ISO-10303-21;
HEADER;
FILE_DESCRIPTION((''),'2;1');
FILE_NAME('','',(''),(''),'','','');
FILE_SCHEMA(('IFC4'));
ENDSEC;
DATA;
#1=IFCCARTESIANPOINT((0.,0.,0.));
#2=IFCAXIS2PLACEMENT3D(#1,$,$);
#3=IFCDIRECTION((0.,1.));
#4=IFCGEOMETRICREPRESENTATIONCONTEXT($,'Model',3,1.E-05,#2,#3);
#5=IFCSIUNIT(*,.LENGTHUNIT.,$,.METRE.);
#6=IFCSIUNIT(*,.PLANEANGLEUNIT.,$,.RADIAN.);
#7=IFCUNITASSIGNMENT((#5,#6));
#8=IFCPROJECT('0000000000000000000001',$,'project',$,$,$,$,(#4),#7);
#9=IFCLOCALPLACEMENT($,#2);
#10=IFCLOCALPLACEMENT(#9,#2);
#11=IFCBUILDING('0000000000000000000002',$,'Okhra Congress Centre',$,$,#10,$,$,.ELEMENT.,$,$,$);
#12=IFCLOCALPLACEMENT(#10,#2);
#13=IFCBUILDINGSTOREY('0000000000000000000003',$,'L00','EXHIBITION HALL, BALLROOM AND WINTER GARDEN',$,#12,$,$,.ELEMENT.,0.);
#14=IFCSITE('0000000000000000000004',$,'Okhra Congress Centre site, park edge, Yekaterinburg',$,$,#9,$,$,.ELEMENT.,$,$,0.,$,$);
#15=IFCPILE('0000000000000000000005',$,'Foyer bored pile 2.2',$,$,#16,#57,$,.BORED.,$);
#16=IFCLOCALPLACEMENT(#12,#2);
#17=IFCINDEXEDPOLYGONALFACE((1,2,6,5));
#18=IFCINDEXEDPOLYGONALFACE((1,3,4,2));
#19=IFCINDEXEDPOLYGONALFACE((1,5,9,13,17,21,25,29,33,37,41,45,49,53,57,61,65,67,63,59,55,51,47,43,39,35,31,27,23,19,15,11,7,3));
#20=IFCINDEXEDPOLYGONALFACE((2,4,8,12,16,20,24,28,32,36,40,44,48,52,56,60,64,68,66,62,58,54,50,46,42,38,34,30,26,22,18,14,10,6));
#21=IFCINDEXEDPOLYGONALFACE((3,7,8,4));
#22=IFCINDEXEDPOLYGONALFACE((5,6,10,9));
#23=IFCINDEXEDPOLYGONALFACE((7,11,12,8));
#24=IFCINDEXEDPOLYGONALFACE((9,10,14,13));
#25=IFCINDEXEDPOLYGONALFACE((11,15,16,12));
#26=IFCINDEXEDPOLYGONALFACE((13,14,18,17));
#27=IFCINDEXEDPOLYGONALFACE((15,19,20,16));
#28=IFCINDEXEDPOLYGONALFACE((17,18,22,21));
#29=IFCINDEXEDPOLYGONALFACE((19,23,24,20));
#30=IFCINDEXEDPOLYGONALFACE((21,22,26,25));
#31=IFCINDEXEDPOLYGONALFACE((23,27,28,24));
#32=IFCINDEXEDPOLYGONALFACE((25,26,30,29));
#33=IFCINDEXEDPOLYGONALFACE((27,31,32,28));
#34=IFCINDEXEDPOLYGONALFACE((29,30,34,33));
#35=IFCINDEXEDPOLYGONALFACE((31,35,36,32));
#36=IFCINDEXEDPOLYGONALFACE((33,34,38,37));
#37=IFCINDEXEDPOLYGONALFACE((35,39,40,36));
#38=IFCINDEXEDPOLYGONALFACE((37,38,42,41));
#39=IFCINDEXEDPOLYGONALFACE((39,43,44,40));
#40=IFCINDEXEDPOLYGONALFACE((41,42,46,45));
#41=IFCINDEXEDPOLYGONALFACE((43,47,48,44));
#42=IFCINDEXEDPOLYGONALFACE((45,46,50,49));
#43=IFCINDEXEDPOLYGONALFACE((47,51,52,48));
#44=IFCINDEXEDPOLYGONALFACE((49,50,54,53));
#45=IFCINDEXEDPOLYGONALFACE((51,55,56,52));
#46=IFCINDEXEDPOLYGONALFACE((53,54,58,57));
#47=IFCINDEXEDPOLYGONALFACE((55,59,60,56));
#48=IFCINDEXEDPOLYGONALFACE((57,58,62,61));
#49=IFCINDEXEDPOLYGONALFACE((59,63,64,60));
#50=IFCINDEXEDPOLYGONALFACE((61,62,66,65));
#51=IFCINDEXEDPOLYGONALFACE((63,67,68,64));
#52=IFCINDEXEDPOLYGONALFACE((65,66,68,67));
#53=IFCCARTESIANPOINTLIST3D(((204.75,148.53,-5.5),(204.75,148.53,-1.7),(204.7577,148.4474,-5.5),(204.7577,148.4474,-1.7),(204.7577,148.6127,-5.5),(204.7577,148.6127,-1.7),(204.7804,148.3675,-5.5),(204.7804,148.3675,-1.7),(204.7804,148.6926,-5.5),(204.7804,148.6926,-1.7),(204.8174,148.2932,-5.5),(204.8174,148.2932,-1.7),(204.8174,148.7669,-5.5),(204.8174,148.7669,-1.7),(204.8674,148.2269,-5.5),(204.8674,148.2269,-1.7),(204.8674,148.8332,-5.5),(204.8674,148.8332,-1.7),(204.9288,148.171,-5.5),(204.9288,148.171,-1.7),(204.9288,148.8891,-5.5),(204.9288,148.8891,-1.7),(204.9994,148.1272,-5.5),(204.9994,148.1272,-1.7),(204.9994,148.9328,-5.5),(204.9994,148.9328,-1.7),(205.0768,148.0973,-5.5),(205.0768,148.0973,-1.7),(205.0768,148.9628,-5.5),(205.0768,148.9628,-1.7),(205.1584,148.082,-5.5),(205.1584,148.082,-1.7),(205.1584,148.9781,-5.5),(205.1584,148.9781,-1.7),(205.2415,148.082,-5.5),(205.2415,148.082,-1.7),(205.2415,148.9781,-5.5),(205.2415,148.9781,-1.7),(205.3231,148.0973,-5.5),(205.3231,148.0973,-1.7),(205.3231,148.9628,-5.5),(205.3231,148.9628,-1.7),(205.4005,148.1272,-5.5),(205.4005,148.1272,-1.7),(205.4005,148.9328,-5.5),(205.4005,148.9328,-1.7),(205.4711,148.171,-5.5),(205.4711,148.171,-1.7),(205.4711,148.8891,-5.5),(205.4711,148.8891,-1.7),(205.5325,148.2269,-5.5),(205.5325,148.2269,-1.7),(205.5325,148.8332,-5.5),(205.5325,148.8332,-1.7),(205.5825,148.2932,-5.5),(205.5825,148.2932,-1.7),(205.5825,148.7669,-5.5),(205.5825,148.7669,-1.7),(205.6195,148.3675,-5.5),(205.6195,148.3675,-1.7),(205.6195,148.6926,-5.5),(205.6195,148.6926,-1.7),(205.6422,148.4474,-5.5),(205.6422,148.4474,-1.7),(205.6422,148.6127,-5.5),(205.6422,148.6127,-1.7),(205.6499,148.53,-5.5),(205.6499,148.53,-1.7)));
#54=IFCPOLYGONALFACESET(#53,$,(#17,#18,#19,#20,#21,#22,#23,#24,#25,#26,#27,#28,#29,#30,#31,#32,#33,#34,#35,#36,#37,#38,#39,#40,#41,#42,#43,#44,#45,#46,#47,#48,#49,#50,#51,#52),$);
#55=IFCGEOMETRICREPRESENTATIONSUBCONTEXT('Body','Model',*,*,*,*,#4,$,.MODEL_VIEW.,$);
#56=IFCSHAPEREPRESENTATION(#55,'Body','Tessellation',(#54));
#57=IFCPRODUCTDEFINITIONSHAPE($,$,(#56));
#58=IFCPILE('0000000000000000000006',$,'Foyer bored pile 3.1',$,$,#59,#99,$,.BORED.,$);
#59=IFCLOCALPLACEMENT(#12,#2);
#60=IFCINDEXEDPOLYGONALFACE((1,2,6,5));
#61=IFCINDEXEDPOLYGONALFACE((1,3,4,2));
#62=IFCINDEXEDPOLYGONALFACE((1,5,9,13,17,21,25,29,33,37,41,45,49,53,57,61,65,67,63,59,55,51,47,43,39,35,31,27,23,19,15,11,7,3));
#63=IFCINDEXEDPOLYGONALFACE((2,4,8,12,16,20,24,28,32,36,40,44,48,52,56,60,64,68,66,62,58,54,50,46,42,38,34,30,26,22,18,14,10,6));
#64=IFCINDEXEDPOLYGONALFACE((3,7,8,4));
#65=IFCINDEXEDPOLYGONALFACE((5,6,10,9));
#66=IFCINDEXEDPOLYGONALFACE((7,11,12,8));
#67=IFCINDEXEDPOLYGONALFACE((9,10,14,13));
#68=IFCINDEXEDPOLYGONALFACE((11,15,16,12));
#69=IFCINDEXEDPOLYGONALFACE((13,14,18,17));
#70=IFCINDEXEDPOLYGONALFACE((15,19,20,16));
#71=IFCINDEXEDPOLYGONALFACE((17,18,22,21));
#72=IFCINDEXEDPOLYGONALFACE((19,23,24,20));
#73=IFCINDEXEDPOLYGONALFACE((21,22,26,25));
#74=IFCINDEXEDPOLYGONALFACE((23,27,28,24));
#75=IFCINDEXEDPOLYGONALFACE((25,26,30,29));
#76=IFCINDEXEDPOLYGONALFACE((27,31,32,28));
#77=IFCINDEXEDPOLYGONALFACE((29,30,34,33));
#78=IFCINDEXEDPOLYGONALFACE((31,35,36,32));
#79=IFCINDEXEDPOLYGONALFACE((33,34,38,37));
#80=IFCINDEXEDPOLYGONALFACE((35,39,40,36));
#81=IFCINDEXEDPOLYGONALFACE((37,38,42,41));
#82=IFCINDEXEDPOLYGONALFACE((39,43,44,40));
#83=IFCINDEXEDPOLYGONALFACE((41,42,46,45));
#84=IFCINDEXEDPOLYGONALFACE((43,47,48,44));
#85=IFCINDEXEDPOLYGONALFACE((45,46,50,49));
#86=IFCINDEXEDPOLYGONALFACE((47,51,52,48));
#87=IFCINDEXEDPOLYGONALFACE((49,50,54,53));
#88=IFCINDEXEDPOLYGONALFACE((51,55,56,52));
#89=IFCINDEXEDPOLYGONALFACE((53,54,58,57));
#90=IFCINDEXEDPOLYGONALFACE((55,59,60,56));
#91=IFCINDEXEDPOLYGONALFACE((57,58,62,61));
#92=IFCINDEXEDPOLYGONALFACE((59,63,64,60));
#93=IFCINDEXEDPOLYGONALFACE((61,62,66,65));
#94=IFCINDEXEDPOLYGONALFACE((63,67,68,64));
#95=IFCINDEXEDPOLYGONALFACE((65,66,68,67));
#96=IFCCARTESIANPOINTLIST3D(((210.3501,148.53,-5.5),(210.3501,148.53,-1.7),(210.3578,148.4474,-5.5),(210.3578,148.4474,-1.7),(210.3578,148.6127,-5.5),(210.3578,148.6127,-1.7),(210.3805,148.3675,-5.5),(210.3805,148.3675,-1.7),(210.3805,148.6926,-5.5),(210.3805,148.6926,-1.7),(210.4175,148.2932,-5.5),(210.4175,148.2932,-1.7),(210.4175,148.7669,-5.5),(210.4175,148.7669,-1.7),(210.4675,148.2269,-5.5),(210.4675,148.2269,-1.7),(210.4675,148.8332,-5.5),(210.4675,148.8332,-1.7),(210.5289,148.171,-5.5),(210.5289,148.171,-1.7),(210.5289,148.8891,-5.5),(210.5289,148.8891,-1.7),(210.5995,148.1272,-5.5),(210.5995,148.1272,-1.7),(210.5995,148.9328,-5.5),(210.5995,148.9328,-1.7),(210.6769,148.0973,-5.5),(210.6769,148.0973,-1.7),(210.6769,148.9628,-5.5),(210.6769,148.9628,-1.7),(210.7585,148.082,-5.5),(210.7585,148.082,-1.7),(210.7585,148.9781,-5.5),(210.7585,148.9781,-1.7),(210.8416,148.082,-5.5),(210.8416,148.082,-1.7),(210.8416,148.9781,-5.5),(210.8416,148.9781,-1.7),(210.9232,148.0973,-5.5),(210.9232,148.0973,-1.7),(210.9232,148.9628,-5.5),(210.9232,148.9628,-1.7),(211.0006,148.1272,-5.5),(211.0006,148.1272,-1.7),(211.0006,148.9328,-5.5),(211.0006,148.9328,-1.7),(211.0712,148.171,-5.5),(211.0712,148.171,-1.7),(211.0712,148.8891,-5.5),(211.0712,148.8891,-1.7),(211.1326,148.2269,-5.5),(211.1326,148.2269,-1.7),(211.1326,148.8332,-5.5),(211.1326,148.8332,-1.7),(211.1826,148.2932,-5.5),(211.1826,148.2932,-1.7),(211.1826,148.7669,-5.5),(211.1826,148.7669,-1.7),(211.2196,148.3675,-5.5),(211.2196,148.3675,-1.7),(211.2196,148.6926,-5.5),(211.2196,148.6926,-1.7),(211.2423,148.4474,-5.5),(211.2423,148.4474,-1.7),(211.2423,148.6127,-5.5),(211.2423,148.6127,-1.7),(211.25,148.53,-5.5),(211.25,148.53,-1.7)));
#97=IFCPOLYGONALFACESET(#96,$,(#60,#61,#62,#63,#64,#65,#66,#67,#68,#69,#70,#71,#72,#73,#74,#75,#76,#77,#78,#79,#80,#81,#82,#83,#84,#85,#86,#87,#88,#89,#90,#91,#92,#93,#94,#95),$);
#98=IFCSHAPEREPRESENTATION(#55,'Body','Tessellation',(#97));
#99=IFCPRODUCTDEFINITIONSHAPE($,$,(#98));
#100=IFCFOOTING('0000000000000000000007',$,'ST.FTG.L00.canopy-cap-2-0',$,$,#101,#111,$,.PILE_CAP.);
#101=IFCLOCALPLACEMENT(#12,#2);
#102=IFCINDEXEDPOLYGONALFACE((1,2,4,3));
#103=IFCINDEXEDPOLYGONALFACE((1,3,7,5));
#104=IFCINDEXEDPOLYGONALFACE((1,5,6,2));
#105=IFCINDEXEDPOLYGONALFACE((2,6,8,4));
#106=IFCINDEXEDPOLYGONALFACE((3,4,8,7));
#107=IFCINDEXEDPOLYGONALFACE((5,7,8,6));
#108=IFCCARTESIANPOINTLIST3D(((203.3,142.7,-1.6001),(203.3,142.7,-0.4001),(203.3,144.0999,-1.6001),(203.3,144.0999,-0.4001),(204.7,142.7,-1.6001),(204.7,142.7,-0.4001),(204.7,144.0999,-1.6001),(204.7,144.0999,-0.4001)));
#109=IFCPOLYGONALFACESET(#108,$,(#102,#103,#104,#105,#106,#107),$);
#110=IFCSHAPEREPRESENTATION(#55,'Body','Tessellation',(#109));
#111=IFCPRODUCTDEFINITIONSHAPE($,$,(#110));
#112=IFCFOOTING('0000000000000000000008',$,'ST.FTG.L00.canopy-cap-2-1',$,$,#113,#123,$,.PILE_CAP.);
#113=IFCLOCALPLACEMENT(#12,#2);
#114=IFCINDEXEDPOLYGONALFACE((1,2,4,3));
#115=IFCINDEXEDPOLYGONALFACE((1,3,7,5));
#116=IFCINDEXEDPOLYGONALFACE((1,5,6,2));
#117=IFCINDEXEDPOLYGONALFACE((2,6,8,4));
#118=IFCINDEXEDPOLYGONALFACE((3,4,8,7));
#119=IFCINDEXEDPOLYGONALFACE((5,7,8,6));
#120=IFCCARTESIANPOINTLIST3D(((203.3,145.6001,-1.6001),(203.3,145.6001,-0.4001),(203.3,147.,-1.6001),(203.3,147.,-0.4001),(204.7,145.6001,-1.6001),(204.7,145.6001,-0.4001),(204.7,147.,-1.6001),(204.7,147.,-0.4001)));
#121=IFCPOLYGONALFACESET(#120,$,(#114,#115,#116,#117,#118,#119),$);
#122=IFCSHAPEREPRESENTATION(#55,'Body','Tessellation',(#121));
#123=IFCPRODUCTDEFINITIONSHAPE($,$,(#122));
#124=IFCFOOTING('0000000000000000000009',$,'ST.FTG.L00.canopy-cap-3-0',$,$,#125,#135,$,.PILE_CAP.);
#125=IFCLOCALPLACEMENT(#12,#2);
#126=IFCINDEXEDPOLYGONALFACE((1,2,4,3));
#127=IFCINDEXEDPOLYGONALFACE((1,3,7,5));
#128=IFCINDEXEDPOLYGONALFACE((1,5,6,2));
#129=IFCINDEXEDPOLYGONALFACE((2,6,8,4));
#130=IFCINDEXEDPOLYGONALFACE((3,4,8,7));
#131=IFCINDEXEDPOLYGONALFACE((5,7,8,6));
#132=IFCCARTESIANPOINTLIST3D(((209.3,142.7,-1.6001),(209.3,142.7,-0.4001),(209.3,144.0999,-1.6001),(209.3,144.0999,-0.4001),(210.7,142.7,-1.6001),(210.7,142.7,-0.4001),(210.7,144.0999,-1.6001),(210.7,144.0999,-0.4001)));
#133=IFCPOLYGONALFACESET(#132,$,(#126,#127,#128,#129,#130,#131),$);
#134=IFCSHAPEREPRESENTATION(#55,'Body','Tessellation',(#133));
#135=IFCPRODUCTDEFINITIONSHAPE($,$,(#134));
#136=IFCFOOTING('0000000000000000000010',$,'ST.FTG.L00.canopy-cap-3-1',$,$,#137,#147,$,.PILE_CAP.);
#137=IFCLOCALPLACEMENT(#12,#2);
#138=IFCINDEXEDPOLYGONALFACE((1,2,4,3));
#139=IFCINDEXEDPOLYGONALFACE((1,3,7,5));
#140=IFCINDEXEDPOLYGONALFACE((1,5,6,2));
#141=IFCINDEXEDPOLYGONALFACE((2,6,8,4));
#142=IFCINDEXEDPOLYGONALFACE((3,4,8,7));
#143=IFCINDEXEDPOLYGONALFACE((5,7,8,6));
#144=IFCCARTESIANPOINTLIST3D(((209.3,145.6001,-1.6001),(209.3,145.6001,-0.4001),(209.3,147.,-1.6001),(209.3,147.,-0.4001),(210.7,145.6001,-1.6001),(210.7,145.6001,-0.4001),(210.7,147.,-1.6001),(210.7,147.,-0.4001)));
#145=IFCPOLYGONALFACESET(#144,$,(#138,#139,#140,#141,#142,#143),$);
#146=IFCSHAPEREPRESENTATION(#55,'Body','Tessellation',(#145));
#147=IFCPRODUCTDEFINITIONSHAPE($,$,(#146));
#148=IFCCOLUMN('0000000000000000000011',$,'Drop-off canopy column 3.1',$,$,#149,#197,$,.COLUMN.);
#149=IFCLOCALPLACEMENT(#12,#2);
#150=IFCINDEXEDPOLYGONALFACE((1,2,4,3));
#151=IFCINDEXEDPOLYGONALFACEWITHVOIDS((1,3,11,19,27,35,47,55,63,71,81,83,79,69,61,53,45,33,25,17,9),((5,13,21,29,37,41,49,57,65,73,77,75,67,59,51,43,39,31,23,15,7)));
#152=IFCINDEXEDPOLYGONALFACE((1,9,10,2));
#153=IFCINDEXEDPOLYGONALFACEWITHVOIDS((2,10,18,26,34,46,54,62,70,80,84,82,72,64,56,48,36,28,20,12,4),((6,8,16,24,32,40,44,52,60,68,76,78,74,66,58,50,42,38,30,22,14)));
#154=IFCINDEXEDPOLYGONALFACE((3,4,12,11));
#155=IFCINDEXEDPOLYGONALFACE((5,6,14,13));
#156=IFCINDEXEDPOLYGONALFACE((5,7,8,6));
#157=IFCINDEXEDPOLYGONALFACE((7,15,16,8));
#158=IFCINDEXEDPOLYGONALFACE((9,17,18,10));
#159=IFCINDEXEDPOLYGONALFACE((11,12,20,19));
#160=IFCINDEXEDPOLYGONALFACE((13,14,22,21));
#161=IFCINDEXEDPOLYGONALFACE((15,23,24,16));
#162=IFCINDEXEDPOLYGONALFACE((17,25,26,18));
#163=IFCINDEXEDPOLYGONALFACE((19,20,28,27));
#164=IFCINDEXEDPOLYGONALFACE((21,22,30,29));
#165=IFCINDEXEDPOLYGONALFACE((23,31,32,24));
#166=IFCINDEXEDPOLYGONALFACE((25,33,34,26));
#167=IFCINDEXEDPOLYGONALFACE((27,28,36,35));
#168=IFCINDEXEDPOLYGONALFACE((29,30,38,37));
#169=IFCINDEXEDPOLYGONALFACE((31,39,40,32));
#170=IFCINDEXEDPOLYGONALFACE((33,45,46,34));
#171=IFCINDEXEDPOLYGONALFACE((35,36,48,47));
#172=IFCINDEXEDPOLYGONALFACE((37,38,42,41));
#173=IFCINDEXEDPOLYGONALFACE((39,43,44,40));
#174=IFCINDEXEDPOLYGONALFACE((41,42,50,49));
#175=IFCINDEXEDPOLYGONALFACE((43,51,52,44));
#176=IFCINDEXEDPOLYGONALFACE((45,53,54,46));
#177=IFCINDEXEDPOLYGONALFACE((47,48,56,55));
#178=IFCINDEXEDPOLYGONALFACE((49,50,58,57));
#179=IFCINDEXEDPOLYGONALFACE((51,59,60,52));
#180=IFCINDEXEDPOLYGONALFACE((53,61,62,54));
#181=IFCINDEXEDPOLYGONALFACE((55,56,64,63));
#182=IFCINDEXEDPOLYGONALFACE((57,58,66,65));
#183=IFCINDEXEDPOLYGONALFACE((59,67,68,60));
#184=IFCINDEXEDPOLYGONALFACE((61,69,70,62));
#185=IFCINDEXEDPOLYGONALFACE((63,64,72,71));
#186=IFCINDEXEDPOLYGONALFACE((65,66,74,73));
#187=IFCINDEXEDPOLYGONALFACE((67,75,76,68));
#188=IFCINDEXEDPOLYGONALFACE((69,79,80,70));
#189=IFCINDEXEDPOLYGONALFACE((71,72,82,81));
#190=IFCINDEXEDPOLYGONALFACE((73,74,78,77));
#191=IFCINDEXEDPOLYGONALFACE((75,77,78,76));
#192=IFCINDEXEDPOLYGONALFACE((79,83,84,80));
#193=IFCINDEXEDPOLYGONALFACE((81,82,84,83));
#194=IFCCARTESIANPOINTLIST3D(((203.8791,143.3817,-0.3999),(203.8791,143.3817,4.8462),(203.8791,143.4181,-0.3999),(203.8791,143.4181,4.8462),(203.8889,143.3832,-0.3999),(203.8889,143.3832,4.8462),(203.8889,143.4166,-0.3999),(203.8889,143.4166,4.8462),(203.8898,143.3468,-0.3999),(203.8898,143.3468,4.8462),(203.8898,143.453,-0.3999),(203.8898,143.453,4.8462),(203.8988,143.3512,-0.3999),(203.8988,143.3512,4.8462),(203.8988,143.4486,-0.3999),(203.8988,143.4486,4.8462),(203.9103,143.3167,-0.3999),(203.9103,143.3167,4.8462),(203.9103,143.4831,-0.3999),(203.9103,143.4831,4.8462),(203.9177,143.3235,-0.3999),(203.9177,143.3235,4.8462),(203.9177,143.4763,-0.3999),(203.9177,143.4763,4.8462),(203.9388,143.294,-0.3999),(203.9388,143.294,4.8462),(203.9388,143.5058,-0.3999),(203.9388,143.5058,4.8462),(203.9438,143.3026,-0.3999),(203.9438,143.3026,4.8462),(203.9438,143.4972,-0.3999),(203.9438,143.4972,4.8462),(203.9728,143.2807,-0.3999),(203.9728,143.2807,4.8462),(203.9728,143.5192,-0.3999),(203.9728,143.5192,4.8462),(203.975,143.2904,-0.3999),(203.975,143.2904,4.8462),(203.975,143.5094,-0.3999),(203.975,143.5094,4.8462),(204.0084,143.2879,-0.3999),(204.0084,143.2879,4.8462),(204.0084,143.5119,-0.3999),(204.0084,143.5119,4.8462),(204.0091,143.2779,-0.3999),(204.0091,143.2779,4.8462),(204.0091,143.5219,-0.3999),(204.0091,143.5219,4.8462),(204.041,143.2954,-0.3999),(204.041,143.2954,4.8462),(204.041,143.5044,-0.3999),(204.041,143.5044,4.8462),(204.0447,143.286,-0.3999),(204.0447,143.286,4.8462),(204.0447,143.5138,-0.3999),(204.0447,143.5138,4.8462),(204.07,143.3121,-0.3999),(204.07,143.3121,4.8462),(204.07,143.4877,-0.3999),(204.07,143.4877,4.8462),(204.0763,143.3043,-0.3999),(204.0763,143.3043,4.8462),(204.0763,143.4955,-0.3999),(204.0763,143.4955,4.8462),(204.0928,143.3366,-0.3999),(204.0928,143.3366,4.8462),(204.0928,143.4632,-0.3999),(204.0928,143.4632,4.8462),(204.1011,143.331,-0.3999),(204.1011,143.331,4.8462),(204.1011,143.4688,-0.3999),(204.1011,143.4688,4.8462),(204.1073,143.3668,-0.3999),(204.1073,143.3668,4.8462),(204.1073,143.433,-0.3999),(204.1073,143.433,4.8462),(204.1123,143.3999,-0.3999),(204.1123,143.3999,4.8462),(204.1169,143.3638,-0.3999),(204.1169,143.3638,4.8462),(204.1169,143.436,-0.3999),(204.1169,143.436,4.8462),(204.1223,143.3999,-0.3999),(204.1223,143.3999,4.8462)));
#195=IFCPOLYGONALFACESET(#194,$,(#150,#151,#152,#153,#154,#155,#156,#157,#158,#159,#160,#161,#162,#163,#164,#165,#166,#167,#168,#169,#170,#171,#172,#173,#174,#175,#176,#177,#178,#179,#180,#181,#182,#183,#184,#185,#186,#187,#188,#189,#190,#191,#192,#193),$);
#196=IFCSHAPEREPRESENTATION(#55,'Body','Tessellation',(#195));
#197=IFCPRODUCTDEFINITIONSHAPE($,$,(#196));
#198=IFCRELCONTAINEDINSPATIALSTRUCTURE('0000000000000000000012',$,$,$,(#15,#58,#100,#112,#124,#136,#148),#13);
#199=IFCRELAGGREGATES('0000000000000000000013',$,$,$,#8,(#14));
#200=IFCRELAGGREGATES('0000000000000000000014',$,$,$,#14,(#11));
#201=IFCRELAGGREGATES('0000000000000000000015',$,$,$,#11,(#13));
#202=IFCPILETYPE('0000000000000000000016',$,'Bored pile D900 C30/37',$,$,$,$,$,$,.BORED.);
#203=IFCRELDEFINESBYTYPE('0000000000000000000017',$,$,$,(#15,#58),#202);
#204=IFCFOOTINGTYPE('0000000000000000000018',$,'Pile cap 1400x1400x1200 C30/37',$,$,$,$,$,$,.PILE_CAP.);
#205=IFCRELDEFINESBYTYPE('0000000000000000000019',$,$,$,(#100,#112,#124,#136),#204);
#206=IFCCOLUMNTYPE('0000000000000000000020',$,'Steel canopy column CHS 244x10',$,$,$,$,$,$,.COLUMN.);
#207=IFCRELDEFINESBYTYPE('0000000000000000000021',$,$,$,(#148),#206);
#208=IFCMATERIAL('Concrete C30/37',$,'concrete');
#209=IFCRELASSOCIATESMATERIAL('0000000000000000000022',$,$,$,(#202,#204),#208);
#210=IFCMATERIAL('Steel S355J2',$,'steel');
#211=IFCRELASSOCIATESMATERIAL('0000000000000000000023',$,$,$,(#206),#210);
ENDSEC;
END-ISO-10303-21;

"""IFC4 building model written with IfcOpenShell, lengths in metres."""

from ifc_helpers import new_model, si_unit, direction, frame, origin, origin_2d, place, context, subcontext, project, spatial, rectangle, circle, hollow_circle, extrude, material, material_profile, profile_set, type_object, element, save


model = new_model("IFC4")

# Units and contexts
model_context = context("Model", 3, precision=1e-05, world=origin(), true_north=direction((0.0, 1.0)))
body_context = subcontext(model_context, "Body", "Model", "MODEL_VIEW")
ifc_project = project(units=[si_unit("LENGTHUNIT", "METRE"), si_unit("PLANEANGLEUNIT", "RADIAN")], contexts=[model_context])

# Site, building, storey
site_placement = place(None, origin())
site = spatial("IfcSite", under=ifc_project, at=site_placement, Name="Okhra Congress Centre site, park edge, Yekaterinburg", CompositionType="ELEMENT", RefElevation=0.0)
building_placement = place(site_placement, origin())
building = spatial("IfcBuilding", under=site, at=building_placement, Name="Okhra Congress Centre", CompositionType="ELEMENT")
storey_placement = place(building_placement, origin())
storey = spatial("IfcBuildingStorey", under=building, at=storey_placement, Name="L00", Description="EXHIBITION HALL, BALLROOM AND WINTER GARDEN", CompositionType="ELEMENT", Elevation=0.0)

# Piles
ifc_material_1 = material(Name="Concrete C30/37", Category="concrete")
ifc_material_profile_1 = material_profile(ifc_material_1, circle(Radius=0.45, at=origin_2d()), Name="D900")
ifc_profile_set_1 = profile_set([ifc_material_profile_1], Name="Concrete C30/37")
pile_type_1 = type_object("IfcPileType", Name="Bored pile D900 C30/37", PredefinedType="BORED", material=ifc_profile_set_1)
for number, where, z_axis, x_axis, name in (
    (1, (205.2, 148.53, -1.7), (0.0, 0.0, -1.0), (1.0, 0.0, 0.0), "Foyer bored pile 2.2"),
    (2, (210.8, 148.53, -1.7), (0.0, 0.0, -1.0), (1.0, 0.0, 0.0), "Foyer bored pile 3.1"),
):
    element("IfcPile", number, at=place(storey_placement, frame(where, z_axis=z_axis, x_axis=x_axis)), inside=storey, type_object=pile_type_1, Name=name, PredefinedType="BORED", context=body_context, shape_type="SweptSolid", body=[
        extrude(circle(Radius=0.45, at=origin_2d()), origin(), (0.0, 0.0, 1.0), 3.8),
    ])

# Footings
footing_type = type_object("IfcFootingType", Name="Pile cap 1400x1400x1200 C30/37", PredefinedType="PILE_CAP", material=ifc_material_1)
for number, where, z_axis, x_axis, name in (
    (3, (204.0, 143.3999, -1.6001), (0.0, 0.0, 1.0), (1.0, 0.0, 0.0), "ST.FTG.L00.canopy-cap-2-0"),
    (4, (204.0, 146.3, -1.6001), (0.0, 0.0, 1.0), (1.0, 0.0, 0.0), "ST.FTG.L00.canopy-cap-2-1"),
    (5, (210.0, 143.3999, -1.6001), (0.0, 0.0, 1.0), (1.0, 0.0, 0.0), "ST.FTG.L00.canopy-cap-3-0"),
    (6, (210.0, 146.3, -1.6001), (0.0, 0.0, 1.0), (1.0, 0.0, 0.0), "ST.FTG.L00.canopy-cap-3-1"),
):
    element("IfcFooting", number, at=place(storey_placement, frame(where, z_axis=z_axis, x_axis=x_axis)), inside=storey, type_object=footing_type, Name=name, PredefinedType="PILE_CAP", context=body_context, shape_type="SweptSolid", body=[
        extrude(rectangle(XDim=1.3999, YDim=1.3999, at=origin_2d()), origin(), (0.0, 0.0, 1.0), 1.2),
    ])

# Column
ifc_material_2 = material(Name="Steel S355J2", Category="steel")
ifc_material_profile_2 = material_profile(ifc_material_2, hollow_circle(Radius=0.1223, WallThickness=0.01, at=origin_2d()), Name="CHS 244.5x10")
ifc_profile_set_2 = profile_set([ifc_material_profile_2], Name="Steel S355J2")
column_type = type_object("IfcColumnType", Name="Steel canopy column CHS 244x10", PredefinedType="COLUMN", material=ifc_profile_set_2)
column_1_placement = place(storey_placement, frame((204.0, 143.3999, -0.3999), z_axis=(0.0, 0.0, 1.0), x_axis=(1.0, 0.0, 0.0)))
element("IfcColumn", 7, at=column_1_placement, inside=storey, type_object=column_type, Name="Drop-off canopy column 3.1", PredefinedType="COLUMN", context=body_context, shape_type="SweptSolid", body=[
    extrude(hollow_circle(Radius=0.1223, WallThickness=0.01, at=origin_2d()), origin(), (0.0, 0.0, 1.0), 5.2461),
])

save(model, "model.ifc")
